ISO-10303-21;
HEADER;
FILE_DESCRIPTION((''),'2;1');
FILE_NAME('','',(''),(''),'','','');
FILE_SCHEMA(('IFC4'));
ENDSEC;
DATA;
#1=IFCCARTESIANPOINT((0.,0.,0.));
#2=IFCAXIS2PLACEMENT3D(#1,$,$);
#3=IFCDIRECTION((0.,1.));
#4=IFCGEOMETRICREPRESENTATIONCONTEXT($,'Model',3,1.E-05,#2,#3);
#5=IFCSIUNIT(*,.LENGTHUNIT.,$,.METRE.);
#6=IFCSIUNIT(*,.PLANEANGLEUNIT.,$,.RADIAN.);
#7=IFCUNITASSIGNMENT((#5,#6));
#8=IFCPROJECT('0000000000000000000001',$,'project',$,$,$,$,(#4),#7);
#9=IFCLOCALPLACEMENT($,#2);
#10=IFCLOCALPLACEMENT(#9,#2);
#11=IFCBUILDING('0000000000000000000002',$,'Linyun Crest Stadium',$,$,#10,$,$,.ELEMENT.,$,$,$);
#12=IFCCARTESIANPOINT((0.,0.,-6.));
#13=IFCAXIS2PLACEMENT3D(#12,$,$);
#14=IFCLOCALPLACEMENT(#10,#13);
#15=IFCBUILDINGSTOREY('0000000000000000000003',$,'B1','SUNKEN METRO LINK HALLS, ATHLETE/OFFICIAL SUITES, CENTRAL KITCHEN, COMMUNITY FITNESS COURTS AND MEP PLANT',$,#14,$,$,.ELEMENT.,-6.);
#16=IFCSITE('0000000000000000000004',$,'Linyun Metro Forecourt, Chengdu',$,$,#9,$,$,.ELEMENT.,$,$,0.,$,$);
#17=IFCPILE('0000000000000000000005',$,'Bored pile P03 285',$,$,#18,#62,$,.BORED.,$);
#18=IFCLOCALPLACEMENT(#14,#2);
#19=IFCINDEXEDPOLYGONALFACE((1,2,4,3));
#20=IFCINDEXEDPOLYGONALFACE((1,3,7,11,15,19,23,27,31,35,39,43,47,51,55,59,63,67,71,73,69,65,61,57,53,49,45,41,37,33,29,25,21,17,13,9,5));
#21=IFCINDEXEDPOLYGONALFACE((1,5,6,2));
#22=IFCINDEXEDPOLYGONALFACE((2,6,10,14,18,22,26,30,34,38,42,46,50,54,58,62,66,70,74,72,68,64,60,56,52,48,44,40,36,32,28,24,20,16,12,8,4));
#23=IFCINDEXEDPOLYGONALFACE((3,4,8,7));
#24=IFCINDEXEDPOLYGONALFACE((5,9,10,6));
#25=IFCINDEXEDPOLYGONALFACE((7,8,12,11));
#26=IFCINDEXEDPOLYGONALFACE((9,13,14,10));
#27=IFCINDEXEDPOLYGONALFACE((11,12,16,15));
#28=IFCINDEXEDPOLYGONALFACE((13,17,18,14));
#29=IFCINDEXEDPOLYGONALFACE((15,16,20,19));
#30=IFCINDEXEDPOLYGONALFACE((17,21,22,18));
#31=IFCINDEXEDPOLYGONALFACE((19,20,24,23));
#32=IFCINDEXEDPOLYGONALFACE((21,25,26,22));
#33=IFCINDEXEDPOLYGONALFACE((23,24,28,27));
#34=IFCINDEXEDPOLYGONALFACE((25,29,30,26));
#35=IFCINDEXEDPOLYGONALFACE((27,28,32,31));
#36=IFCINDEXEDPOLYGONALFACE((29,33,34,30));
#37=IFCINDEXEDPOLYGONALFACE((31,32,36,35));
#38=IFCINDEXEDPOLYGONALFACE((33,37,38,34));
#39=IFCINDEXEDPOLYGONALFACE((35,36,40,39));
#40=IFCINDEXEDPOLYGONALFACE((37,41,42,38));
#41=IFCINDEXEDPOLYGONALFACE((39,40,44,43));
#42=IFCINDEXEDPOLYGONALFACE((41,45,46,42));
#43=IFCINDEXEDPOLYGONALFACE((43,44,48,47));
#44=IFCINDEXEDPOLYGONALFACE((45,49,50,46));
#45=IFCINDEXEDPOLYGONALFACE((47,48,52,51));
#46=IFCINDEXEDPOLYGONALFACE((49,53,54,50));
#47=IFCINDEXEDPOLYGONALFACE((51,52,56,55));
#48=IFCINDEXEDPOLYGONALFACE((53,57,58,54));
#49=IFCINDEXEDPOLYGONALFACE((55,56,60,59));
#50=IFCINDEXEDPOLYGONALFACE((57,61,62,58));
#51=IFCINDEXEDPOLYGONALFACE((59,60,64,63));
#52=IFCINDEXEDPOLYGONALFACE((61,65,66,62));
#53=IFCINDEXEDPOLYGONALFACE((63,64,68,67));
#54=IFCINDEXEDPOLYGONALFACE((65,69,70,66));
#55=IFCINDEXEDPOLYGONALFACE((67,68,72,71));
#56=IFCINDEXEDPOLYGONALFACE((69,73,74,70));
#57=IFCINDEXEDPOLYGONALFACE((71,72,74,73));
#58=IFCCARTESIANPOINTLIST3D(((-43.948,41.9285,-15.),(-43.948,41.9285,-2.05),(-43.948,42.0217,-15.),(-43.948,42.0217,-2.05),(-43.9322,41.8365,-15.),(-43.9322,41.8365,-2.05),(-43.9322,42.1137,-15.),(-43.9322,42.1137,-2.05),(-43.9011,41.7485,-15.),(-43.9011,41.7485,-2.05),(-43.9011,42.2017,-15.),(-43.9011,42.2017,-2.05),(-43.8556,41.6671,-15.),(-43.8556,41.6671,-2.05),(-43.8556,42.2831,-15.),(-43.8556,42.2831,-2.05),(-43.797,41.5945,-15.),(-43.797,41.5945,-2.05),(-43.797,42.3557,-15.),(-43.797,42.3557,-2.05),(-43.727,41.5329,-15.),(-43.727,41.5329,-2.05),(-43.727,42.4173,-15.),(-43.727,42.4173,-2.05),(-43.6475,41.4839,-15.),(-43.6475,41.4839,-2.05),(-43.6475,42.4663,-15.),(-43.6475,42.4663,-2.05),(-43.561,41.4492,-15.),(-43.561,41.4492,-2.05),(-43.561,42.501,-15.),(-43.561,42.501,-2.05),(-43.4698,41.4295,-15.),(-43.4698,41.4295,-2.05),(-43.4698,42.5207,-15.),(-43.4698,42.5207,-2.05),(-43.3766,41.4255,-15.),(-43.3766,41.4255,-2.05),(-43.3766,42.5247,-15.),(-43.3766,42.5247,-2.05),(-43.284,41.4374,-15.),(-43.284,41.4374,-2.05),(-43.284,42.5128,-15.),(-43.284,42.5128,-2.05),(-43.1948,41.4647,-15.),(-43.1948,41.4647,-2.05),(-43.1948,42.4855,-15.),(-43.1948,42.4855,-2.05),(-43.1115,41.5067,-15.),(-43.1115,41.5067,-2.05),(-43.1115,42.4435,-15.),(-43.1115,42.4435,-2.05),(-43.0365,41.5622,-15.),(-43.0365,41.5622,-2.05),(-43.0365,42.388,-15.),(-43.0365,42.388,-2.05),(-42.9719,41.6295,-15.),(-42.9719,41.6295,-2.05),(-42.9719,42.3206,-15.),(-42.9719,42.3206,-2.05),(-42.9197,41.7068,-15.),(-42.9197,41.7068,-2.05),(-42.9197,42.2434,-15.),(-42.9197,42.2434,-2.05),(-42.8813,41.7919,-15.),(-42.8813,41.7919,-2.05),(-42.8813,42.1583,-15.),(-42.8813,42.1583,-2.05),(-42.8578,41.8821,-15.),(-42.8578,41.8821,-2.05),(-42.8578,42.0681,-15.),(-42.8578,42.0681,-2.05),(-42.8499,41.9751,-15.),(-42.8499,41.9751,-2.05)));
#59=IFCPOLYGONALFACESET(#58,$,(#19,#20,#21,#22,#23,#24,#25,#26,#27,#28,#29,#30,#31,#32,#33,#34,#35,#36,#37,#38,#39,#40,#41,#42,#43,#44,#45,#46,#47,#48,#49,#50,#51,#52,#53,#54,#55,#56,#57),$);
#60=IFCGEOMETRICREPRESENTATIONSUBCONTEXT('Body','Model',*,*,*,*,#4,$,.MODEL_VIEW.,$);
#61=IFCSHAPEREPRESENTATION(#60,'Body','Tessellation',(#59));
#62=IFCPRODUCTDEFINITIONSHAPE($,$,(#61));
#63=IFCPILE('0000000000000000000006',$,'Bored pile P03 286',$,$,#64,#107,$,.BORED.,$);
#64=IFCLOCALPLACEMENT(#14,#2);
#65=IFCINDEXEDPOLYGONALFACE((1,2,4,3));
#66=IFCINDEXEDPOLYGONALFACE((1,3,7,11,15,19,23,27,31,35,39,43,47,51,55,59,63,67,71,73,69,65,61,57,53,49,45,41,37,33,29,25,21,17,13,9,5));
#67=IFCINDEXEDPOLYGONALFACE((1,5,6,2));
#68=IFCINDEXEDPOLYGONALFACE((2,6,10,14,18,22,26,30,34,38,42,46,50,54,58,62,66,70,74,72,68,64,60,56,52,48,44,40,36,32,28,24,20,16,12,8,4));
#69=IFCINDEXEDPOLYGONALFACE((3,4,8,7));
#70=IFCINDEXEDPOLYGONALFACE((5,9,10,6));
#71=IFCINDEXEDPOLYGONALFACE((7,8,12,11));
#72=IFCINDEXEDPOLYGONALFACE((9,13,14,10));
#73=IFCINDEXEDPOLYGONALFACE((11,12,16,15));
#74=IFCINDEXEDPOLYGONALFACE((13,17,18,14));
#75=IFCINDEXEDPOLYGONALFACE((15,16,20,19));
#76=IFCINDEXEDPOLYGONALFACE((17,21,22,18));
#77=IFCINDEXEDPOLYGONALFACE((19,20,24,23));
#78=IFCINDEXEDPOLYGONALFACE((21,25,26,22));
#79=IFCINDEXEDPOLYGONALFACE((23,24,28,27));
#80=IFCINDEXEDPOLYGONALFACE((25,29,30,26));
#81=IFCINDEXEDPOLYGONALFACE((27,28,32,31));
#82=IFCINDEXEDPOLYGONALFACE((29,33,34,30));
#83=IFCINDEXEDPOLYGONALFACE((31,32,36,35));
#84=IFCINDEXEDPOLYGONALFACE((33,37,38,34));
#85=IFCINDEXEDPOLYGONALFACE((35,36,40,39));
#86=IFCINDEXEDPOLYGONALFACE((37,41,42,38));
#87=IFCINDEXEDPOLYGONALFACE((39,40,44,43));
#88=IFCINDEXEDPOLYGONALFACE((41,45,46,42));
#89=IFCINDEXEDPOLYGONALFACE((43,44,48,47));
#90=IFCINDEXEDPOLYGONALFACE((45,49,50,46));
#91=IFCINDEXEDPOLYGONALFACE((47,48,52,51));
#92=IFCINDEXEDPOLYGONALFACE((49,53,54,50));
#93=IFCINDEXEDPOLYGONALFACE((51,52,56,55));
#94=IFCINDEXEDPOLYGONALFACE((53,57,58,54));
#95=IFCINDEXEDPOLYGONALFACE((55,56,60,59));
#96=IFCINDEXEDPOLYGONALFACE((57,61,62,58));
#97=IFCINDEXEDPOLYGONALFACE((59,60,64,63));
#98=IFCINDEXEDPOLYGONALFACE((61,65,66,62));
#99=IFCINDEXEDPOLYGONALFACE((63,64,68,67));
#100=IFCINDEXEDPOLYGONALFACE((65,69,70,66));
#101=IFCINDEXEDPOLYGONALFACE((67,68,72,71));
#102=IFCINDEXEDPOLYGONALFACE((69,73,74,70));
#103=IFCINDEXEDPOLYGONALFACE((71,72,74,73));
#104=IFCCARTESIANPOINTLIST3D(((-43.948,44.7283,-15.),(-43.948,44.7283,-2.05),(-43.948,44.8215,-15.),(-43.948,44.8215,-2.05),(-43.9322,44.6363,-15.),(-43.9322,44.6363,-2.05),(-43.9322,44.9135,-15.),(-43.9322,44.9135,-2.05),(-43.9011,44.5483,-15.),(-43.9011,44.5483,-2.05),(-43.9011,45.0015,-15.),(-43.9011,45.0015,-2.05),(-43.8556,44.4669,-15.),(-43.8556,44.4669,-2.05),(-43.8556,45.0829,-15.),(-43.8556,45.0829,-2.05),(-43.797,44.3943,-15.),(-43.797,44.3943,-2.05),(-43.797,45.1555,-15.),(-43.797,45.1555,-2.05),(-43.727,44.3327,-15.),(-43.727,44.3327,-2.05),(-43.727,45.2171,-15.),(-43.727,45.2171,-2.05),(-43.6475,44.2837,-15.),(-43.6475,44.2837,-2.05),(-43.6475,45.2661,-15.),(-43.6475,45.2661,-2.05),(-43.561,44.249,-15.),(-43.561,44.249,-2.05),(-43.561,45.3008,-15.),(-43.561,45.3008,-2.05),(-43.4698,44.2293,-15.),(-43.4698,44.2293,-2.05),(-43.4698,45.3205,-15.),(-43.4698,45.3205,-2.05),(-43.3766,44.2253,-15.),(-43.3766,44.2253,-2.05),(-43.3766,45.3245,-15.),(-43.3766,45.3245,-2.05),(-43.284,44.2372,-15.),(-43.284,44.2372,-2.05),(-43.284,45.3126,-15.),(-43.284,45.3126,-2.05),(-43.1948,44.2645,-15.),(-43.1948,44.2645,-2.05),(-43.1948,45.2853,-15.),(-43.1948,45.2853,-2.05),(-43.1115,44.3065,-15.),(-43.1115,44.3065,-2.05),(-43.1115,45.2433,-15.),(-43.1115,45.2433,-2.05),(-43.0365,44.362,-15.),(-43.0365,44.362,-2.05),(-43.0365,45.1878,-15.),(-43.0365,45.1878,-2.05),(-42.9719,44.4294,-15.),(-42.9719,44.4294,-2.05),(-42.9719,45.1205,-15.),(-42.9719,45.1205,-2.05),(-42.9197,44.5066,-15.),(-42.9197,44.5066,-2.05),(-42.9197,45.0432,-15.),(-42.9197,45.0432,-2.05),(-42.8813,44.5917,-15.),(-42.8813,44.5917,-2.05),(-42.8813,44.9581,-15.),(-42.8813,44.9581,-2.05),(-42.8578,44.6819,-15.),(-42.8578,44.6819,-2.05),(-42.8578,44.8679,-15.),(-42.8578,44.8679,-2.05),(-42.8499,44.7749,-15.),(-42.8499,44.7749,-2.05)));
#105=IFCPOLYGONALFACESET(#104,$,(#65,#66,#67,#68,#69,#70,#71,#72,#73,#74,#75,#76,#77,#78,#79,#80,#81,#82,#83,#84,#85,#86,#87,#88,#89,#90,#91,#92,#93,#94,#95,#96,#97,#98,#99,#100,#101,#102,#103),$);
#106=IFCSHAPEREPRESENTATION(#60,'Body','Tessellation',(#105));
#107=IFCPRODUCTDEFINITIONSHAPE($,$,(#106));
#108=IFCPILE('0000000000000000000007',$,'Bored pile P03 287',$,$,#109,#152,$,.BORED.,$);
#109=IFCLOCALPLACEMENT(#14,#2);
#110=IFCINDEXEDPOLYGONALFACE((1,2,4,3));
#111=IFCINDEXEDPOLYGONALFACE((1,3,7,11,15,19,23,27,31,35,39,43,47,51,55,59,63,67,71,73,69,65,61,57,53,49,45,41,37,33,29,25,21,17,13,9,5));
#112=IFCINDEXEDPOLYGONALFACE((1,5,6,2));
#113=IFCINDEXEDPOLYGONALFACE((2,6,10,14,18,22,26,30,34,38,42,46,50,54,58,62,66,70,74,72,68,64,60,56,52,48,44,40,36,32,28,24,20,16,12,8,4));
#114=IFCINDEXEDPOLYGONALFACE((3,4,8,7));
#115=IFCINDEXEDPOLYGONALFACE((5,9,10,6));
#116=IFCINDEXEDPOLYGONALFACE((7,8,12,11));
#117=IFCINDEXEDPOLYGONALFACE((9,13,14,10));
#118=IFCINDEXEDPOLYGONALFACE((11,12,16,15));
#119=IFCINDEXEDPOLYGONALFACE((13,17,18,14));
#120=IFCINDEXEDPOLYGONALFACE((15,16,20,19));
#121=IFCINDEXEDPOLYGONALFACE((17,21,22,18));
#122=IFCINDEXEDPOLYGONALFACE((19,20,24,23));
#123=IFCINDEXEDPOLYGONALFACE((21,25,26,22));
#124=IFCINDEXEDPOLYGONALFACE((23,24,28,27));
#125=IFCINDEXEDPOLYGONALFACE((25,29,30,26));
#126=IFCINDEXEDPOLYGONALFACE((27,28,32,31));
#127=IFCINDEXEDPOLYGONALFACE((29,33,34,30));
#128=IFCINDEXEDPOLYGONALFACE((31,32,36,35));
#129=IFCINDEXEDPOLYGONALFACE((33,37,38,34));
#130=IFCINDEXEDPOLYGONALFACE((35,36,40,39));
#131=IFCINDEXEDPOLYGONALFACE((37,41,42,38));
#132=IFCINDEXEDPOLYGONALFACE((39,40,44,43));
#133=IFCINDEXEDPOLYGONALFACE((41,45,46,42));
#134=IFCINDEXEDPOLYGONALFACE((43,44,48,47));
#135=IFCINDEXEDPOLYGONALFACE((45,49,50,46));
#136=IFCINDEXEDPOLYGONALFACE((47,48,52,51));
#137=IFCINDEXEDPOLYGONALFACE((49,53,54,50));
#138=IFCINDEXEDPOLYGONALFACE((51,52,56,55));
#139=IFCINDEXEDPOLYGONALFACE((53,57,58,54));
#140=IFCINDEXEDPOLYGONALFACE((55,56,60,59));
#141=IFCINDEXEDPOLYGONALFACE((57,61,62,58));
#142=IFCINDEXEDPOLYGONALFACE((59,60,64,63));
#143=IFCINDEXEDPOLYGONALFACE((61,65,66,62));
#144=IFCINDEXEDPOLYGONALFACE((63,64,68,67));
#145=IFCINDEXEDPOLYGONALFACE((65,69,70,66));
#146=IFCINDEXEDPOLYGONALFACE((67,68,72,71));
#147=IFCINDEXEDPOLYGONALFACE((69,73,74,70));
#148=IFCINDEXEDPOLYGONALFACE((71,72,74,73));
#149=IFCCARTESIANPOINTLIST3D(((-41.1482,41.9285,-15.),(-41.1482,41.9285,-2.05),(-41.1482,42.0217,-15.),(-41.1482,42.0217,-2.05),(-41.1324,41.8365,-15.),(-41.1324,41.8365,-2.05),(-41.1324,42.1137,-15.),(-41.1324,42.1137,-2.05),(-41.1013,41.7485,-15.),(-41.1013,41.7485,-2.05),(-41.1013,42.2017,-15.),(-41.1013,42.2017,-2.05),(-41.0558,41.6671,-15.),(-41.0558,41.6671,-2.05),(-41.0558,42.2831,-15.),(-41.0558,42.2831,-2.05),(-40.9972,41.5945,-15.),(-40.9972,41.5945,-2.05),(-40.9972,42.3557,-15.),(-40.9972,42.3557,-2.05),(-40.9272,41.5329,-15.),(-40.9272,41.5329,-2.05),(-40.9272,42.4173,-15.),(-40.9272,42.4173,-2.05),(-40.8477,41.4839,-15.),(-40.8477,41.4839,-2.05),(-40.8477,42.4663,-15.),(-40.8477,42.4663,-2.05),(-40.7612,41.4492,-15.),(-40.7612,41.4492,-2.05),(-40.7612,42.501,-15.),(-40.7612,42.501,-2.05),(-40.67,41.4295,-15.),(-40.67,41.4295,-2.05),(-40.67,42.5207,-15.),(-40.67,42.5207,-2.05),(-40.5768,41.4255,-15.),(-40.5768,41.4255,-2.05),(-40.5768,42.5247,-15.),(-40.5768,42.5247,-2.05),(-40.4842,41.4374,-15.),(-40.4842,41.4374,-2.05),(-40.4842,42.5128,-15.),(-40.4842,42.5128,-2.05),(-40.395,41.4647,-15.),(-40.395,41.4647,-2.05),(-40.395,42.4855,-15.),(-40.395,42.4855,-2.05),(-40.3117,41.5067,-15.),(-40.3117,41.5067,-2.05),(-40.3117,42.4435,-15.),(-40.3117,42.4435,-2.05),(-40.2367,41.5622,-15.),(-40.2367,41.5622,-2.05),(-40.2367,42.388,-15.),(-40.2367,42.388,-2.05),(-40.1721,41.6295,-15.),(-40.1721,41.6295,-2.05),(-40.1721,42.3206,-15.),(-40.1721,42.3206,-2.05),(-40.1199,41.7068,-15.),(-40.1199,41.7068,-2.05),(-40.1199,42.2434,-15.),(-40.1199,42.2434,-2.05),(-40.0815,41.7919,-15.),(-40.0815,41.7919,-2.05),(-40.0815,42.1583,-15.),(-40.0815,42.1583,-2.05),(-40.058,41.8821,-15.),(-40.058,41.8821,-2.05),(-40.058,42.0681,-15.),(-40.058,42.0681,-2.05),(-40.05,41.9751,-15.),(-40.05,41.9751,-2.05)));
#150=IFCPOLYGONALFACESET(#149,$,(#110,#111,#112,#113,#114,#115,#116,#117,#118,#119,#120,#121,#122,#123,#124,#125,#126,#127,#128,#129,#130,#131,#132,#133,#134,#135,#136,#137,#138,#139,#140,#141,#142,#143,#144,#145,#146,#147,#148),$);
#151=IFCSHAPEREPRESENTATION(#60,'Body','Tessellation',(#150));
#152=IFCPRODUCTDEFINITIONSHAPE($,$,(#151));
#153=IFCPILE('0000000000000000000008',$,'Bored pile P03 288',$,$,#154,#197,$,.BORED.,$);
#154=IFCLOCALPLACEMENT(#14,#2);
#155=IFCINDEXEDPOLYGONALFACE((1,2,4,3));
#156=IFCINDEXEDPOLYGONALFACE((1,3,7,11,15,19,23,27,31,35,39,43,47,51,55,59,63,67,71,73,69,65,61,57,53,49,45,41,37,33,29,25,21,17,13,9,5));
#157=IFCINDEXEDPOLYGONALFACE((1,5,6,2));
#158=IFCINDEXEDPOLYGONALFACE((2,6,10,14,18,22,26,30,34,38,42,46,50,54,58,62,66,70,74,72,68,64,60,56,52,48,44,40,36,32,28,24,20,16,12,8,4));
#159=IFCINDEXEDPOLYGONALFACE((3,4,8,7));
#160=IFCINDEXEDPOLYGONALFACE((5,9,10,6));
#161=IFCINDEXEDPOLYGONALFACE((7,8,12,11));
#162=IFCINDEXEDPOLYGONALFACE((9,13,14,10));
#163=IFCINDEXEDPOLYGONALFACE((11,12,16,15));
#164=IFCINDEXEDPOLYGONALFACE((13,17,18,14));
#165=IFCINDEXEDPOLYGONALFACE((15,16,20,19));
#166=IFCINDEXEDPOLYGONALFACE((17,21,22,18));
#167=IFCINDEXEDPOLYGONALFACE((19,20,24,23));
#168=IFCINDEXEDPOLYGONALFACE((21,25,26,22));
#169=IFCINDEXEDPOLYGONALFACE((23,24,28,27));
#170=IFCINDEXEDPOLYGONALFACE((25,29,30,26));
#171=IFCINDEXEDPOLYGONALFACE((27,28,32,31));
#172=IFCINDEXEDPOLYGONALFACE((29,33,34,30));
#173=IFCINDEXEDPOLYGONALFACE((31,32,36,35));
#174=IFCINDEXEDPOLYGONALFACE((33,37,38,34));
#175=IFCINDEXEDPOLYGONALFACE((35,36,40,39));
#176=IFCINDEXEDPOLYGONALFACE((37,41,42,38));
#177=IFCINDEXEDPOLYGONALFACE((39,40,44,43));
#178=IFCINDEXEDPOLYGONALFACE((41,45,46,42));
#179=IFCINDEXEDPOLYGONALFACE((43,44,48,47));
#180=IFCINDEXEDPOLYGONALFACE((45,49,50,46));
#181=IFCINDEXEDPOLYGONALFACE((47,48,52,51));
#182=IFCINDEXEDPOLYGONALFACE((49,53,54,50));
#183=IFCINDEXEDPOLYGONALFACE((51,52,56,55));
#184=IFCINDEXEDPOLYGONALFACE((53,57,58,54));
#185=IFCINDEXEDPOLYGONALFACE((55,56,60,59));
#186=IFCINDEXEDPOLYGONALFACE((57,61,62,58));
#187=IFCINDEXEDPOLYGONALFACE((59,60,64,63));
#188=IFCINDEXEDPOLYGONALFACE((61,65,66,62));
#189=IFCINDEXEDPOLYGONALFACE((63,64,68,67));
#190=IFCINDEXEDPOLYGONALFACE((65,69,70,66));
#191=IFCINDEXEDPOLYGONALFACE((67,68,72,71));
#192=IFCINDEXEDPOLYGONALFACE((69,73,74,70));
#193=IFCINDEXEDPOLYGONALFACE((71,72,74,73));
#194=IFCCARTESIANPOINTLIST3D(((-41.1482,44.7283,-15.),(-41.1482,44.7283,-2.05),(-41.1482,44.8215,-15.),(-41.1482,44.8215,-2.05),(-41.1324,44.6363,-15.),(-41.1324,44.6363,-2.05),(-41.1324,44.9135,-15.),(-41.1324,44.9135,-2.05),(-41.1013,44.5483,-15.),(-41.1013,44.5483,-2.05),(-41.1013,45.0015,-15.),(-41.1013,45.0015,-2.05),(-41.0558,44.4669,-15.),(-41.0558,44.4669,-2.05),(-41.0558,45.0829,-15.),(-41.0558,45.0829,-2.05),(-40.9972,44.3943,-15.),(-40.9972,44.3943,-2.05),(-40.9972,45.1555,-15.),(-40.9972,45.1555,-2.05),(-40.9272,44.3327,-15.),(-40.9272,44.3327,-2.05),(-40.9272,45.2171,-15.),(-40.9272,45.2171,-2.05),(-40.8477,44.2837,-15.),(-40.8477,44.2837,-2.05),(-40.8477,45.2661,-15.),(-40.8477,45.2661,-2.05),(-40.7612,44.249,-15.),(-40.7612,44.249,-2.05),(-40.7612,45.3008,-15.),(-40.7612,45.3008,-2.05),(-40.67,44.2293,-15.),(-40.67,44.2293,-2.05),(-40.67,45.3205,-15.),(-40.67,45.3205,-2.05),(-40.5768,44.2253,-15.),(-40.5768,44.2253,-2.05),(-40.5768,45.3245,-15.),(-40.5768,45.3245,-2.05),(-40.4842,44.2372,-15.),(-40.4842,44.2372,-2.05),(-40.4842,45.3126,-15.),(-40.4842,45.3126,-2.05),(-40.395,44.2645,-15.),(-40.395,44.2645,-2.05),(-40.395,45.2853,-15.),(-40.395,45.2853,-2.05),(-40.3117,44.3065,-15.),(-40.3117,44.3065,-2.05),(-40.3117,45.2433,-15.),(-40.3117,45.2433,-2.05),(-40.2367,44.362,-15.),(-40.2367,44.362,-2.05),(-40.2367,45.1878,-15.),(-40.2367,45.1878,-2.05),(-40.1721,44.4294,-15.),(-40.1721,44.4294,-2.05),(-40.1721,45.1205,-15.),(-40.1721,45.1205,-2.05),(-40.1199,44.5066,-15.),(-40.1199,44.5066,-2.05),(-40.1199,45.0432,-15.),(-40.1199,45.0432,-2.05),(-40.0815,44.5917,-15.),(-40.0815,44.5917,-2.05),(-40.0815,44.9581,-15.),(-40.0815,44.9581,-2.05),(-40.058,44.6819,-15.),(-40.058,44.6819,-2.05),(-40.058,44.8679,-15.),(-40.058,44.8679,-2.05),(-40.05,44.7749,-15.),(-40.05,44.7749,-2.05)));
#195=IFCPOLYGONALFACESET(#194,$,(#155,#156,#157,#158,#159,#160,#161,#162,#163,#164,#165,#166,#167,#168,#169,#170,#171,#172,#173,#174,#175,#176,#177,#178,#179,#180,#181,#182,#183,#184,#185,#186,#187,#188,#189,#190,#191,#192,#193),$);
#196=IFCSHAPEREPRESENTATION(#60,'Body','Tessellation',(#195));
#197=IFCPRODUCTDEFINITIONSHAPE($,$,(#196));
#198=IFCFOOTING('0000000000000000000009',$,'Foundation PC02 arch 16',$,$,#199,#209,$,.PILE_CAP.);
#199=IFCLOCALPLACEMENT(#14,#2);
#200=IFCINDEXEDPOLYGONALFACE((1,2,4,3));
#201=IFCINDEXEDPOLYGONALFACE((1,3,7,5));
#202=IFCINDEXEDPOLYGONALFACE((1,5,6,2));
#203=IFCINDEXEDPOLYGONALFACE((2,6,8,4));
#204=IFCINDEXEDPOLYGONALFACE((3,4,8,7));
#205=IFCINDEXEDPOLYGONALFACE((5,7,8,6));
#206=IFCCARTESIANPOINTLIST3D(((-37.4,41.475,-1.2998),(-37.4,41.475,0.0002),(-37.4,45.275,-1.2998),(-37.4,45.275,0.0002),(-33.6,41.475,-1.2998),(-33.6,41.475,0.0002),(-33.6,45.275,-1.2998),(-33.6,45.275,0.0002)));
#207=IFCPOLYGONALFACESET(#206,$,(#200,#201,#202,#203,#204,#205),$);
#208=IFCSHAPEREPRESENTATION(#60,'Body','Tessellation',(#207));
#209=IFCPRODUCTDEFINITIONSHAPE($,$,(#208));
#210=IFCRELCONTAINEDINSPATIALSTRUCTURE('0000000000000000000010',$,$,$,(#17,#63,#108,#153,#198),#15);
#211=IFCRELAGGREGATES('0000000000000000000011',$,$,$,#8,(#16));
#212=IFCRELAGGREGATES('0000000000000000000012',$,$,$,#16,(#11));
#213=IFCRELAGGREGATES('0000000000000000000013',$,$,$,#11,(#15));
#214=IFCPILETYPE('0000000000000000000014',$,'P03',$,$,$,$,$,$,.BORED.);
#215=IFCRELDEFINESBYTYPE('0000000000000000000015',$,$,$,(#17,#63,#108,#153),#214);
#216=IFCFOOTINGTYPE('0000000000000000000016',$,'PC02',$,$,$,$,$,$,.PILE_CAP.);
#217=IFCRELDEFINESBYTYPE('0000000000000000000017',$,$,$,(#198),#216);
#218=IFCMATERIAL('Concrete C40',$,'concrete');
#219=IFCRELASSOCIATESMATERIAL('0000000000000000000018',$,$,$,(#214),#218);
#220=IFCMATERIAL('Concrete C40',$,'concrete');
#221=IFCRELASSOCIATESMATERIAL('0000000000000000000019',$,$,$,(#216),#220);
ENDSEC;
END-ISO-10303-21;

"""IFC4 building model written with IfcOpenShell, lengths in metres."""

from ifc_helpers import new_model, si_unit, direction, frame, origin, origin_2d, place, context, subcontext, project, spatial, rectangle, circle, extrude, material, material_profile, profile_set, type_object, element, save


model = new_model("IFC4")

# Units and contexts
model_context = context("Model", 3, precision=1e-05, world=origin(), true_north=direction((0.0, 1.0)))
body_context = subcontext(model_context, "Body", "Model", "MODEL_VIEW")
ifc_project = project(units=[si_unit("LENGTHUNIT", "METRE"), si_unit("PLANEANGLEUNIT", "RADIAN")], contexts=[model_context])

# Site, building, storey
site_placement = place(None, origin())
site = spatial("IfcSite", under=ifc_project, at=site_placement, Name="Linyun Metro Forecourt, Chengdu", CompositionType="ELEMENT", RefElevation=0.0)
building_placement = place(site_placement, origin())
building = spatial("IfcBuilding", under=site, at=building_placement, Name="Linyun Crest Stadium", CompositionType="ELEMENT")
storey_placement = place(building_placement, frame((0.0, 0.0, -6.0)))
storey = spatial("IfcBuildingStorey", under=building, at=storey_placement, Name="B1", Description="SUNKEN METRO LINK HALLS, ATHLETE/OFFICIAL SUITES, CENTRAL KITCHEN, COMMUNITY FITNESS COURTS AND MEP PLANT", CompositionType="ELEMENT", Elevation=-6.0)

# Piles
ifc_material_1 = material(Name="Concrete C40", Category="concrete")
ifc_material_profile_1 = material_profile(ifc_material_1, circle(Radius=0.55, at=origin_2d()), Name="BORED PILE 1100")
ifc_profile_set_1 = profile_set([ifc_material_profile_1], Name="Concrete C40")
pile_type_1 = type_object("IfcPileType", Name="P03", PredefinedType="BORED", material=ifc_profile_set_1)
for number, where, z_axis, x_axis, name in (
    (1, (-43.3999, 41.9751, -2.05), (0.0, 0.0, -1.0), (1.0, 0.0, 0.0), "Bored pile P03 285"),
    (2, (-43.3999, 44.7749, -2.05), (0.0, 0.0, -1.0), (1.0, 0.0, 0.0), "Bored pile P03 286"),
    (3, (-40.6001, 41.9751, -2.05), (0.0, 0.0, -1.0), (1.0, 0.0, 0.0), "Bored pile P03 287"),
    (4, (-40.6001, 44.7749, -2.05), (0.0, 0.0, -1.0), (1.0, 0.0, 0.0), "Bored pile P03 288"),
):
    element("IfcPile", number, at=place(storey_placement, frame(where, z_axis=z_axis, x_axis=x_axis)), inside=storey, type_object=pile_type_1, Name=name, PredefinedType="BORED", context=body_context, shape_type="SweptSolid", body=[
        extrude(circle(Radius=0.55, at=origin_2d()), origin(), (0.0, 0.0, 1.0), 12.95),
    ])

# Footing
ifc_material_2 = material(Name="Concrete C40", Category="concrete")
footing_type_1 = type_object("IfcFootingType", Name="PC02", PredefinedType="PILE_CAP", material=ifc_material_2)
footing_1_placement = place(storey_placement, frame((-35.5, 43.375, -1.2998), z_axis=(0.0, 0.0, 1.0), x_axis=(1.0, 0.0, 0.0)))
element("IfcFooting", 5, at=footing_1_placement, inside=storey, type_object=footing_type_1, Name="Foundation PC02 arch 16", PredefinedType="PILE_CAP", context=body_context, shape_type="SweptSolid", body=[
    extrude(rectangle(XDim=3.8, YDim=3.8, at=origin_2d()), origin(), (0.0, 0.0, 1.0), 1.3),
])

save(model, "model.ifc")
